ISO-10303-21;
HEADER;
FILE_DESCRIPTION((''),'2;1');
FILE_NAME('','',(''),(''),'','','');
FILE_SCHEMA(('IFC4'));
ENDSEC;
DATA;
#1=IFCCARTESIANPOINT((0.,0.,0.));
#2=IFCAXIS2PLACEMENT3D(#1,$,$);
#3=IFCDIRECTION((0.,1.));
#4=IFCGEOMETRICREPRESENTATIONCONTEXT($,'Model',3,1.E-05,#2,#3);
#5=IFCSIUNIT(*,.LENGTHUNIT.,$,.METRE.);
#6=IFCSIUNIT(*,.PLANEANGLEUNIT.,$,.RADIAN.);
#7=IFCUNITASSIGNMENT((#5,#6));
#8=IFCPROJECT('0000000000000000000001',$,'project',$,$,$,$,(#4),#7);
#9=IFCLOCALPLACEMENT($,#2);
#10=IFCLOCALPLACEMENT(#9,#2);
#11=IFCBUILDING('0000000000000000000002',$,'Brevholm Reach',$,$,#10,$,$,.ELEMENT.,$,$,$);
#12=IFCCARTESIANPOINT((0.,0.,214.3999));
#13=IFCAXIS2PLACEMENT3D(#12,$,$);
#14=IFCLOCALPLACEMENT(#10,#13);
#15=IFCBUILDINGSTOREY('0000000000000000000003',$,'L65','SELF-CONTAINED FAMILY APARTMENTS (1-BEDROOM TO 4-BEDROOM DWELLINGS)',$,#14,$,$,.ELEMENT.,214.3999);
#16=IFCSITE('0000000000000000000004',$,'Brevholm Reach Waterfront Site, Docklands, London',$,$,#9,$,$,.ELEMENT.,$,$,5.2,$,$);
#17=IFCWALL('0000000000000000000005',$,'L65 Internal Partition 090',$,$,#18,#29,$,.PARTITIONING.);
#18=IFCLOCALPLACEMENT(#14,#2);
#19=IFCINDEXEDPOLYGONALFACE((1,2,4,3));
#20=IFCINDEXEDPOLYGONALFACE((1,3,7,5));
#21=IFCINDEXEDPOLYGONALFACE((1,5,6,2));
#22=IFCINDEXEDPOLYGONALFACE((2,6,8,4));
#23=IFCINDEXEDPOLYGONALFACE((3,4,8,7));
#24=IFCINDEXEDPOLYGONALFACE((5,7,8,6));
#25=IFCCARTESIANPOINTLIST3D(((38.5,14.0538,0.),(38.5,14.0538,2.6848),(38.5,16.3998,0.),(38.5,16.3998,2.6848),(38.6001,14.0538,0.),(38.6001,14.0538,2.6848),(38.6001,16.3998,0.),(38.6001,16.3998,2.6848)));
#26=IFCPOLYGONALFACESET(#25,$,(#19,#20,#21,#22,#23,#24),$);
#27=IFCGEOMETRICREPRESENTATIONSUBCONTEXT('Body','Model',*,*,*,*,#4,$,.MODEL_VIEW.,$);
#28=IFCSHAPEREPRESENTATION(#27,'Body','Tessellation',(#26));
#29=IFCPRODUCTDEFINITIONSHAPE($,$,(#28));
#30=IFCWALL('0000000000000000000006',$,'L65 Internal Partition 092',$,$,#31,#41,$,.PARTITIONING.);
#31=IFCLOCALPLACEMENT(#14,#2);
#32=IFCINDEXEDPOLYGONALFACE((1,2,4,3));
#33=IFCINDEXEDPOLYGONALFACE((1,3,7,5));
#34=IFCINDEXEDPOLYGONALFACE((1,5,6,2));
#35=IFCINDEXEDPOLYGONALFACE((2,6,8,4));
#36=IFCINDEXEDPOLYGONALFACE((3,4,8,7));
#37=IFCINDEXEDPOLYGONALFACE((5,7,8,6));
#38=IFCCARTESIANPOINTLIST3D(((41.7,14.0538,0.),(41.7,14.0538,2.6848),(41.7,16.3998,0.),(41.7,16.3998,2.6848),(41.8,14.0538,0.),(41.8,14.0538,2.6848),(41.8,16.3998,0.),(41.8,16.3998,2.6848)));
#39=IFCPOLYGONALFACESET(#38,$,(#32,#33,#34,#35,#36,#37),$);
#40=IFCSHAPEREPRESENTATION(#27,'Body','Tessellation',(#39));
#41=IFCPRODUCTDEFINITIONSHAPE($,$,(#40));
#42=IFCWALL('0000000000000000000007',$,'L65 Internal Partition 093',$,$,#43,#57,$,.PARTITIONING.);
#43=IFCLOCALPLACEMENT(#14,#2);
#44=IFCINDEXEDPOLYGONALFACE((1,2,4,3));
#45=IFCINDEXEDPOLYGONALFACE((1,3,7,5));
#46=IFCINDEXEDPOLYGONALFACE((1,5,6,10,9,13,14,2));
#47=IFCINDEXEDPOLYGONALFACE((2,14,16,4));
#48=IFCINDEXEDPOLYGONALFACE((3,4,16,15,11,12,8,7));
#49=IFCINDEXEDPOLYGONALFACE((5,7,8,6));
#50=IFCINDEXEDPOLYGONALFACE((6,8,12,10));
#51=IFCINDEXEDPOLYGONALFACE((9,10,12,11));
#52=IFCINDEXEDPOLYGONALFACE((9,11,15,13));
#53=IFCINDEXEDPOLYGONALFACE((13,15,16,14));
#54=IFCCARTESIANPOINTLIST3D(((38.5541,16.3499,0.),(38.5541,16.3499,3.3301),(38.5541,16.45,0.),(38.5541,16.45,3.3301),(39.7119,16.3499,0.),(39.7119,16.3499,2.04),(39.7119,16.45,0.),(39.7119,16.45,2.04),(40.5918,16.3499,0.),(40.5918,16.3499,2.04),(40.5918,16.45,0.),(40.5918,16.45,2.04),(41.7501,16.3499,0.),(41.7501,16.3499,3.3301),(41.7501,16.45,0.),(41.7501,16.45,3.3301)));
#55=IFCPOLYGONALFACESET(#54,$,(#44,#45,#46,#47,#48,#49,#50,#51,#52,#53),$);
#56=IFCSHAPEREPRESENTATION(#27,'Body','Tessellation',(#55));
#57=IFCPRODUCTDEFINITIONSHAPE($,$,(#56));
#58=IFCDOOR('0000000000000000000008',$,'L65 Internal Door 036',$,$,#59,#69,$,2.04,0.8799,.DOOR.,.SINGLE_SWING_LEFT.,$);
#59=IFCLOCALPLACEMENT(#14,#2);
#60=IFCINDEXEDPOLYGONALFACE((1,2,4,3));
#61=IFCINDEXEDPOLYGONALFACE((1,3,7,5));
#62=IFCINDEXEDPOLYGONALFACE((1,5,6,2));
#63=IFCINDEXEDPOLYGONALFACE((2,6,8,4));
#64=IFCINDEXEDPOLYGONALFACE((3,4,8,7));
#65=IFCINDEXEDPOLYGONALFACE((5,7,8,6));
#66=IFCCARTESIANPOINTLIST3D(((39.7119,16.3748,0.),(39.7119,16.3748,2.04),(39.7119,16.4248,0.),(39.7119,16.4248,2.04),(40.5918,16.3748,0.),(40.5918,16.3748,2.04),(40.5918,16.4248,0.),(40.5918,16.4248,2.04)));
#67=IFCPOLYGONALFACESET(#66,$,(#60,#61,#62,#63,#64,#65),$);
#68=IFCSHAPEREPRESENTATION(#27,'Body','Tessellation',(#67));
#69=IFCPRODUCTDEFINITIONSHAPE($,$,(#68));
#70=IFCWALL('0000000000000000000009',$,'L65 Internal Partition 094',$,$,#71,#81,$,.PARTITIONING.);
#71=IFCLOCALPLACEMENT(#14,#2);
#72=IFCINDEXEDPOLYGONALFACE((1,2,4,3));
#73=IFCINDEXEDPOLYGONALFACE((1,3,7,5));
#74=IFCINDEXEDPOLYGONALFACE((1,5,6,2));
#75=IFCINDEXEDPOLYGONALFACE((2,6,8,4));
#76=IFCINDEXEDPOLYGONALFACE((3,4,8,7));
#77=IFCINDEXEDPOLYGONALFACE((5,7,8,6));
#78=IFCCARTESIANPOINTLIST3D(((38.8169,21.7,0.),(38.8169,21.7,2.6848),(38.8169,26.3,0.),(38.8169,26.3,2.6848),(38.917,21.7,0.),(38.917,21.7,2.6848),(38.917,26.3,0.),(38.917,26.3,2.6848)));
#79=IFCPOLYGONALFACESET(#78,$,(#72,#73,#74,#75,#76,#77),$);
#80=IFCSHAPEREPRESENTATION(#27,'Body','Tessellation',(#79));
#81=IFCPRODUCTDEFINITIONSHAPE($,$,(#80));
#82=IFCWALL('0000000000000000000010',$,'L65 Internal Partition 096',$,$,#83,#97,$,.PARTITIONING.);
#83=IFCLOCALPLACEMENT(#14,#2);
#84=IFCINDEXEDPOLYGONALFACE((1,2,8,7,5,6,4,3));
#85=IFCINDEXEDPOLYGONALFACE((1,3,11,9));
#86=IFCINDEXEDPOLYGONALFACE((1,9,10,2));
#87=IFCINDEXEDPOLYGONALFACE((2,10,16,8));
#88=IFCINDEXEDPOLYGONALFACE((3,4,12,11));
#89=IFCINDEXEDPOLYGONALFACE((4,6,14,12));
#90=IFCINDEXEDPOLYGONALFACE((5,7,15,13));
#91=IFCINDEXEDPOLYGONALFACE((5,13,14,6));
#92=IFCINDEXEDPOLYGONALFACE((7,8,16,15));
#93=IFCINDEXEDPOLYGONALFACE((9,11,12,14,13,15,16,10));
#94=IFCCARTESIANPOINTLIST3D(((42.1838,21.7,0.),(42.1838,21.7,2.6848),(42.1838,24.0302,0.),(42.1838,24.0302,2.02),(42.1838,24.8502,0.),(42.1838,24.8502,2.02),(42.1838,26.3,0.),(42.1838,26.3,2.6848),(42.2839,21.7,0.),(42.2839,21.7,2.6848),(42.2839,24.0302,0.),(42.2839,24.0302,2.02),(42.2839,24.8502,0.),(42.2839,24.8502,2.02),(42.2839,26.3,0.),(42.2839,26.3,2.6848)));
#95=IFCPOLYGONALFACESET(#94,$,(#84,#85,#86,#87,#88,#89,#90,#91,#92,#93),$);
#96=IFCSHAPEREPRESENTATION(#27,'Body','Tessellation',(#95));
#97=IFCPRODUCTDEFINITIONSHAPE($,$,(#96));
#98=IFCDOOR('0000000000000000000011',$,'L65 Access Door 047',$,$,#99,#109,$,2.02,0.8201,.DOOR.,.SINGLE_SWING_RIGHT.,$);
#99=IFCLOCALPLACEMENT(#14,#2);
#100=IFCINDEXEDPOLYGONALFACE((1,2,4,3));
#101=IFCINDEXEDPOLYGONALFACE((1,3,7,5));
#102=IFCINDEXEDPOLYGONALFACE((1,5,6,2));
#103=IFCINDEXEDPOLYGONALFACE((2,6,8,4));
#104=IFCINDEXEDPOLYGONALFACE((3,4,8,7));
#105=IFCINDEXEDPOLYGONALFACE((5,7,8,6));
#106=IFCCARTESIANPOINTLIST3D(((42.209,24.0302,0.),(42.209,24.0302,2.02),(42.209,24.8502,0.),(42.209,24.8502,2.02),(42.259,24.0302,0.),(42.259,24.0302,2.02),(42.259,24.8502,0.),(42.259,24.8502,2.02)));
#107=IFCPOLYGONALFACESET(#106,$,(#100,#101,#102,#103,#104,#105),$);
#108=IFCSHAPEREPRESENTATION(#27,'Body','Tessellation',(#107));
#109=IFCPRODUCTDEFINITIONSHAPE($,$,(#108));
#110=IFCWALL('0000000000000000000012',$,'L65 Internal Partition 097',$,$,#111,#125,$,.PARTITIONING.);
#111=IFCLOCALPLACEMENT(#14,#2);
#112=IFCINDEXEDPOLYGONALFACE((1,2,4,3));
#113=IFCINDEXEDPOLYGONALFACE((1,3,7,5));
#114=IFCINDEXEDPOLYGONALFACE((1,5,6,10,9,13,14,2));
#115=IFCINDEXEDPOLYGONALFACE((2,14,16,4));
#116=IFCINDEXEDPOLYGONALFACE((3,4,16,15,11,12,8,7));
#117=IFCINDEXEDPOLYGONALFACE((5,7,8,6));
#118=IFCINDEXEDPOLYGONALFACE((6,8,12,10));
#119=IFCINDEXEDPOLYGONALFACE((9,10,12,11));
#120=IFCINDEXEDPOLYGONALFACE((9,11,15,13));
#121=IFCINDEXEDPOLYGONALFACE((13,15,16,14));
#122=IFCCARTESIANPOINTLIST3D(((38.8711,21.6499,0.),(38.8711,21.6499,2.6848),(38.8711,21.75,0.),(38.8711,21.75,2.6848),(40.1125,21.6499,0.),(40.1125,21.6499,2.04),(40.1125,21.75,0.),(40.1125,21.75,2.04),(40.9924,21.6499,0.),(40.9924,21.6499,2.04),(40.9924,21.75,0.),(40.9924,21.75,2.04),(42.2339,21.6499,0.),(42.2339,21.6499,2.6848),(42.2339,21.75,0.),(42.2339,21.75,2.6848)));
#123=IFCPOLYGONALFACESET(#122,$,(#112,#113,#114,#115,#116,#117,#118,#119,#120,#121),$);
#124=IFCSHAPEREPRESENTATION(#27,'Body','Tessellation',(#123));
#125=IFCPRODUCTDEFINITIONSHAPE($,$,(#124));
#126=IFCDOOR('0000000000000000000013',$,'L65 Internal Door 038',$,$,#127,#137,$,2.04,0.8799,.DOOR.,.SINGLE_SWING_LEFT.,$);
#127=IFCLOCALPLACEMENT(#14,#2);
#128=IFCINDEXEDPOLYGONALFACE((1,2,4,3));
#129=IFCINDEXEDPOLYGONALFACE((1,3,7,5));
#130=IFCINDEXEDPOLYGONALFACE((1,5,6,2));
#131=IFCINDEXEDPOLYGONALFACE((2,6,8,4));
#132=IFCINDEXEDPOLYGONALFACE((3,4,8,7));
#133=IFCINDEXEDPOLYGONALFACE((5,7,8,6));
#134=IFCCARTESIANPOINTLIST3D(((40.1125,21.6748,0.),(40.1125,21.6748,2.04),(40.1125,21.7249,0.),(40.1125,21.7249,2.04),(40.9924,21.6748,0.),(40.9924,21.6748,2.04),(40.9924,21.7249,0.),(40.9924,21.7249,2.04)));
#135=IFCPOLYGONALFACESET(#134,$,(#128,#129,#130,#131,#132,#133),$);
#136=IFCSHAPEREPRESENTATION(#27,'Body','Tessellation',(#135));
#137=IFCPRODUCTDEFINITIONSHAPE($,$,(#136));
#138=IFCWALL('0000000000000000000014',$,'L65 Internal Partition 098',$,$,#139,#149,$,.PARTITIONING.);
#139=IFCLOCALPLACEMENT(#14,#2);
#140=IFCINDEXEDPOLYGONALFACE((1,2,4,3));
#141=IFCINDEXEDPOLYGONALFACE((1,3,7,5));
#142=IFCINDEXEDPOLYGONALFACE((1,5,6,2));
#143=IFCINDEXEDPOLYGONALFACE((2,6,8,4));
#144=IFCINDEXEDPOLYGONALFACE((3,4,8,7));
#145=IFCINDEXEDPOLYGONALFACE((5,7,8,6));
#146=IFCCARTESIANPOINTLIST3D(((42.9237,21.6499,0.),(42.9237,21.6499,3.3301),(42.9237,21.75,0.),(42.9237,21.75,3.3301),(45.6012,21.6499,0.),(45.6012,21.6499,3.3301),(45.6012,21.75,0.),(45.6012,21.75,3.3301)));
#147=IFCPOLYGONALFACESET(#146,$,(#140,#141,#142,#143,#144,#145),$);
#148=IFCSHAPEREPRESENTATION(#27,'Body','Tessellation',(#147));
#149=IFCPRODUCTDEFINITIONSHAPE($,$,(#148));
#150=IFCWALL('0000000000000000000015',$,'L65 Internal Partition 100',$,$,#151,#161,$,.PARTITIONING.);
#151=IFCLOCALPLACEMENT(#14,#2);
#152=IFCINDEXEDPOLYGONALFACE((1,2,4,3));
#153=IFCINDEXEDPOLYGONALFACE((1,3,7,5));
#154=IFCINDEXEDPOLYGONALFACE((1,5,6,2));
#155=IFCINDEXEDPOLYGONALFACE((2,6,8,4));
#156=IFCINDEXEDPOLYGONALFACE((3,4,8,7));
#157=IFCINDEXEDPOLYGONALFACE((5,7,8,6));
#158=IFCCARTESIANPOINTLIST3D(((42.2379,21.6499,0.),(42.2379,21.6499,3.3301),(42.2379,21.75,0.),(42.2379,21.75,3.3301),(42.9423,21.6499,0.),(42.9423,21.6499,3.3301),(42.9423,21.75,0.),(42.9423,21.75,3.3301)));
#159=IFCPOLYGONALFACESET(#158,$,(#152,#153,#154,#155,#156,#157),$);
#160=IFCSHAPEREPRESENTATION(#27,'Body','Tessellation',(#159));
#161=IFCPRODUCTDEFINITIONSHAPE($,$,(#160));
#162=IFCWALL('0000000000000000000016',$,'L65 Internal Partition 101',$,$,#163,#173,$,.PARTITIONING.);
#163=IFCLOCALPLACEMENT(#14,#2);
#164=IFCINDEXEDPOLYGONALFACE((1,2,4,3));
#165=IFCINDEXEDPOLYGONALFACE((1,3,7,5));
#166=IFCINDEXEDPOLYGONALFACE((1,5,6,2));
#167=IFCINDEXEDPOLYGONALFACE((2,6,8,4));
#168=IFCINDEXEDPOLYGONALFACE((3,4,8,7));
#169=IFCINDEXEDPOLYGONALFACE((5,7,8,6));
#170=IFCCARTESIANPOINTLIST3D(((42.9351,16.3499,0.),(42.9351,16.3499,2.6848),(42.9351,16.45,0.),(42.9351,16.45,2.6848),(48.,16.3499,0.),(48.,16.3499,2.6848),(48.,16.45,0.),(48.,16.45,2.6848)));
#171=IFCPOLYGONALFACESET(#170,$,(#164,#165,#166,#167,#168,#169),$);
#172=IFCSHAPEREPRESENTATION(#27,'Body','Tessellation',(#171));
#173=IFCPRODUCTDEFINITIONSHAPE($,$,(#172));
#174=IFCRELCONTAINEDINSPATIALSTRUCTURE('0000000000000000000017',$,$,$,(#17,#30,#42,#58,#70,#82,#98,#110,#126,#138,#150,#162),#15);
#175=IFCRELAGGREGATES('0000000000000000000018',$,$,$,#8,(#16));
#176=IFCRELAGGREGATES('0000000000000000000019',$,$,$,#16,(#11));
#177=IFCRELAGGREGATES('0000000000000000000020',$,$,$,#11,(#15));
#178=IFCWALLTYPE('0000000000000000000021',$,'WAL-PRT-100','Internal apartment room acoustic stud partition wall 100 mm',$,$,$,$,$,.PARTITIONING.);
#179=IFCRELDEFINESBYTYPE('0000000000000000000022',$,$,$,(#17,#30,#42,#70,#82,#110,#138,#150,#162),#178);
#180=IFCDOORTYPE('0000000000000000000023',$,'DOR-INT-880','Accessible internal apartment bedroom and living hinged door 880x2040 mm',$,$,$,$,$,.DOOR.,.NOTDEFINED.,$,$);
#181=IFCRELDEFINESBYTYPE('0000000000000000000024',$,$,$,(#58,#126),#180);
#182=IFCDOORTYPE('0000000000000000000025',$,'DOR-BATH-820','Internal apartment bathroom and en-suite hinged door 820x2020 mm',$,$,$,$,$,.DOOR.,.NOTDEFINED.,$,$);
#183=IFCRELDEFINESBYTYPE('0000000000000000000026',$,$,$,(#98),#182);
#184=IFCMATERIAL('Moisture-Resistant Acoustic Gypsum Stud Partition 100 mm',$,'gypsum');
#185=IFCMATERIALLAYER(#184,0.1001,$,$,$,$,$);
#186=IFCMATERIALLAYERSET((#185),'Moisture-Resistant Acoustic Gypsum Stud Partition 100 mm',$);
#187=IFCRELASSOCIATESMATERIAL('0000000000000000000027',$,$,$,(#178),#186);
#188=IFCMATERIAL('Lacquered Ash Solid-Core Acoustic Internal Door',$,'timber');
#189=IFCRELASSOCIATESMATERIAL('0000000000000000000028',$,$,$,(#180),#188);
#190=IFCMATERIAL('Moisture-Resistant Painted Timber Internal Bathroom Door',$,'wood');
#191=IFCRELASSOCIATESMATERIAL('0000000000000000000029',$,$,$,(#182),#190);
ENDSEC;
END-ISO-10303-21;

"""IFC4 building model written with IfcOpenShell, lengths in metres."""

from ifc_helpers import new_model, si_unit, direction, frame, frame_2d, origin, place, context, subcontext, project, spatial, rectangle, extrude, material, layer, layer_set, type_object, element, fill, save


model = new_model("IFC4")

# Units and contexts
model_context = context("Model", 3, precision=1e-05, world=origin(), true_north=direction((0.0, 1.0)))
body_context = subcontext(model_context, "Body", "Model", "MODEL_VIEW")
ifc_project = project(units=[si_unit("LENGTHUNIT", "METRE"), si_unit("PLANEANGLEUNIT", "RADIAN")], contexts=[model_context])

# Site, building, storey
site_placement = place(None, origin())
site = spatial("IfcSite", under=ifc_project, at=site_placement, Name="Brevholm Reach Waterfront Site, Docklands, London", CompositionType="ELEMENT", RefElevation=5.2)
building_placement = place(site_placement, origin())
building = spatial("IfcBuilding", under=site, at=building_placement, Name="Brevholm Reach", CompositionType="ELEMENT")
storey_placement = place(building_placement, frame((0.0, 0.0, 214.3999)))
storey = spatial("IfcBuildingStorey", under=building, at=storey_placement, Name="L65", Description="SELF-CONTAINED FAMILY APARTMENTS (1-BEDROOM TO 4-BEDROOM DWELLINGS)", CompositionType="ELEMENT", Elevation=214.3999)

# Walls
ifc_material_1 = material(Name="Moisture-Resistant Acoustic Gypsum Stud Partition 100 mm", Category="gypsum")
ifc_layer_1 = layer(ifc_material_1, 0.1001)
ifc_layer_set_1 = layer_set([ifc_layer_1], Name="Moisture-Resistant Acoustic Gypsum Stud Partition 100 mm")
wall_type_1 = type_object("IfcWallType", Name="WAL-PRT-100", Description="Internal apartment room acoustic stud partition wall 100 mm", PredefinedType="PARTITIONING", material=ifc_layer_set_1)
for number, where, z_axis, x_axis, name in (
    (1, (38.55, 14.054, 0.0), (0.0, 0.0, 1.0), (0.0, 1.0, 0.0), "L65 Internal Partition 090"),
    (2, (41.75, 14.054, 0.0), (0.0, 0.0, 1.0), (0.0, 1.0, 0.0), "L65 Internal Partition 092"),
):
    element("IfcWall", number, at=place(storey_placement, frame(where, z_axis=z_axis, x_axis=x_axis)), inside=storey, type_object=wall_type_1, Name=name, PredefinedType="PARTITIONING", context=body_context, shape_type="SweptSolid", body=[
        extrude(rectangle(XDim=2.3459, YDim=0.1001, at=frame_2d((1.1729, 0.0))), origin(), (0.0, 0.0, 1.0), 2.6848),
    ])

# Wall, opening, door
wall_1_placement = place(storey_placement, frame((38.554, 16.3999, 0.0), z_axis=(0.0, 0.0, 1.0), x_axis=(1.0, 0.0, 0.0)))
wall_1 = element("IfcWall", 3, at=wall_1_placement, inside=storey, type_object=wall_type_1, Name="L65 Internal Partition 093", PredefinedType="PARTITIONING", context=body_context, shape_type="SweptSolid", body=[
    extrude(rectangle(XDim=3.196, YDim=0.1001, at=frame_2d((1.5981, 0.0))), origin(), (0.0, 0.0, 1.0), 3.3301),
])
opening_1_placement = place(wall_1_placement, frame((1.158, 0.0, 0.0)))
opening_1 = element("IfcOpeningElement", 4, at=opening_1_placement, cuts=wall_1, PredefinedType="OPENING", context=body_context, shape_type="SweptSolid", body=[
    extrude(rectangle(XDim=0.8799, YDim=2.04, at=frame_2d((0.4399, 1.02))), frame((0.0, 0.0601, 0.0), z_axis=(0.0, -1.0, 0.0), x_axis=(1.0, 0.0, 0.0)), (0.0, 0.0, 1.0), 0.1201),
])
ifc_material_2 = material(Name="Lacquered Ash Solid-Core Acoustic Internal Door", Category="timber")
door_type_1 = type_object("IfcDoorType", Name="DOR-INT-880", Description="Accessible internal apartment bedroom and living hinged door 880x2040 mm", OperationType="NOTDEFINED", PredefinedType="DOOR", material=ifc_material_2)
door_1_placement = place(opening_1_placement, origin())
door_1 = element("IfcDoor", 5, at=door_1_placement, inside=storey, type_object=door_type_1, Name="L65 Internal Door 036", OperationType="SINGLE_SWING_LEFT", OverallHeight=2.04, OverallWidth=0.8799, PredefinedType="DOOR", context=body_context, shape_type="SweptSolid", body=[
    extrude(rectangle(XDim=0.8799, YDim=2.04, at=frame_2d((0.4399, 1.02))), frame((0.0, 0.0249, 0.0), z_axis=(0.0, -1.0, 0.0), x_axis=(1.0, 0.0, 0.0)), (0.0, 0.0, 1.0), 0.05),
])
fill(opening_1, door_1)

# Wall
wall_2_placement = place(storey_placement, frame((38.8669, 21.7, 0.0), z_axis=(0.0, 0.0, 1.0), x_axis=(0.0, 1.0, 0.0)))
element("IfcWall", 6, at=wall_2_placement, inside=storey, type_object=wall_type_1, Name="L65 Internal Partition 094", PredefinedType="PARTITIONING", context=body_context, shape_type="SweptSolid", body=[
    extrude(rectangle(XDim=4.6001, YDim=0.1001, at=frame_2d((2.3, 0.0))), origin(), (0.0, 0.0, 1.0), 2.6848),
])

# Walls, openings, doors
wall_3_placement = place(storey_placement, frame((42.2339, 21.7, 0.0), z_axis=(0.0, 0.0, 1.0), x_axis=(0.0, 1.0, 0.0)))
wall_3 = element("IfcWall", 7, at=wall_3_placement, inside=storey, type_object=wall_type_1, Name="L65 Internal Partition 096", PredefinedType="PARTITIONING", context=body_context, shape_type="SweptSolid", body=[
    extrude(rectangle(XDim=4.6001, YDim=0.1001, at=frame_2d((2.3, 0.0))), origin(), (0.0, 0.0, 1.0), 2.6848),
])
opening_2_placement = place(wall_3_placement, frame((2.3301, 0.0, 0.0)))
opening_2 = element("IfcOpeningElement", 8, at=opening_2_placement, cuts=wall_3, PredefinedType="OPENING", context=body_context, shape_type="SweptSolid", body=[
    extrude(rectangle(XDim=0.8201, YDim=2.02, at=frame_2d((0.4102, 1.01))), frame((0.0, 0.0601, 0.0), z_axis=(0.0, -1.0, 0.0), x_axis=(1.0, 0.0, 0.0)), (0.0, 0.0, 1.0), 0.1201),
])
ifc_material_3 = material(Name="Moisture-Resistant Painted Timber Internal Bathroom Door", Category="wood")
door_type_2 = type_object("IfcDoorType", Name="DOR-BATH-820", Description="Internal apartment bathroom and en-suite hinged door 820x2020 mm", OperationType="NOTDEFINED", PredefinedType="DOOR", material=ifc_material_3)
door_2_placement = place(opening_2_placement, origin())
door_2 = element("IfcDoor", 9, at=door_2_placement, inside=storey, type_object=door_type_2, Name="L65 Access Door 047", OperationType="SINGLE_SWING_RIGHT", OverallHeight=2.02, OverallWidth=0.8201, PredefinedType="DOOR", context=body_context, shape_type="SweptSolid", body=[
    extrude(rectangle(XDim=0.8201, YDim=2.02, at=frame_2d((0.4102, 1.01))), frame((0.0, 0.0249, 0.0), z_axis=(0.0, -1.0, 0.0), x_axis=(1.0, 0.0, 0.0)), (0.0, 0.0, 1.0), 0.05),
])
fill(opening_2, door_2)
wall_4_placement = place(storey_placement, frame((38.8711, 21.7, 0.0), z_axis=(0.0, 0.0, 1.0), x_axis=(1.0, 0.0, 0.0)))
wall_4 = element("IfcWall", 10, at=wall_4_placement, inside=storey, type_object=wall_type_1, Name="L65 Internal Partition 097", PredefinedType="PARTITIONING", context=body_context, shape_type="SweptSolid", body=[
    extrude(rectangle(XDim=3.3628, YDim=0.1001, at=frame_2d((1.6814, 0.0))), origin(), (0.0, 0.0, 1.0), 2.6848),
])
opening_3_placement = place(wall_4_placement, frame((1.2415, 0.0, 0.0)))
opening_3 = element("IfcOpeningElement", 11, at=opening_3_placement, cuts=wall_4, PredefinedType="OPENING", context=body_context, shape_type="SweptSolid", body=[
    extrude(rectangle(XDim=0.8799, YDim=2.04, at=frame_2d((0.4399, 1.02))), frame((0.0, 0.0601, 0.0), z_axis=(0.0, -1.0, 0.0), x_axis=(1.0, 0.0, 0.0)), (0.0, 0.0, 1.0), 0.1201),
])
door_3_placement = place(opening_3_placement, origin())
door_3 = element("IfcDoor", 12, at=door_3_placement, inside=storey, type_object=door_type_1, Name="L65 Internal Door 038", OperationType="SINGLE_SWING_LEFT", OverallHeight=2.04, OverallWidth=0.8799, PredefinedType="DOOR", context=body_context, shape_type="SweptSolid", body=[
    extrude(rectangle(XDim=0.8799, YDim=2.04, at=frame_2d((0.4399, 1.02))), frame((0.0, 0.0249, 0.0), z_axis=(0.0, -1.0, 0.0), x_axis=(1.0, 0.0, 0.0)), (0.0, 0.0, 1.0), 0.05),
])
fill(opening_3, door_3)

# Walls
wall_5_placement = place(storey_placement, frame((42.9236, 21.7, 0.0), z_axis=(0.0, 0.0, 1.0), x_axis=(1.0, 0.0, 0.0)))
element("IfcWall", 13, at=wall_5_placement, inside=storey, type_object=wall_type_1, Name="L65 Internal Partition 098", PredefinedType="PARTITIONING", context=body_context, shape_type="SweptSolid", body=[
    extrude(rectangle(XDim=2.6775, YDim=0.1001, at=frame_2d((1.3389, 0.0))), origin(), (0.0, 0.0, 1.0), 3.3301),
])
wall_6_placement = place(storey_placement, frame((42.238, 21.7, 0.0), z_axis=(0.0, 0.0, 1.0), x_axis=(1.0, 0.0, 0.0)))
element("IfcWall", 14, at=wall_6_placement, inside=storey, type_object=wall_type_1, Name="L65 Internal Partition 100", PredefinedType="PARTITIONING", context=body_context, shape_type="SweptSolid", body=[
    extrude(rectangle(XDim=0.7043, YDim=0.1001, at=frame_2d((0.3521, 0.0))), origin(), (0.0, 0.0, 1.0), 3.3301),
])
wall_7_placement = place(storey_placement, frame((42.9351, 16.3999, 0.0), z_axis=(0.0, 0.0, 1.0), x_axis=(1.0, 0.0, 0.0)))
element("IfcWall", 15, at=wall_7_placement, inside=storey, type_object=wall_type_1, Name="L65 Internal Partition 101", PredefinedType="PARTITIONING", context=body_context, shape_type="SweptSolid", body=[
    extrude(rectangle(XDim=5.0649, YDim=0.1001, at=frame_2d((2.5325, 0.0))), origin(), (0.0, 0.0, 1.0), 2.6848),
])

save(model, "model.ifc")
